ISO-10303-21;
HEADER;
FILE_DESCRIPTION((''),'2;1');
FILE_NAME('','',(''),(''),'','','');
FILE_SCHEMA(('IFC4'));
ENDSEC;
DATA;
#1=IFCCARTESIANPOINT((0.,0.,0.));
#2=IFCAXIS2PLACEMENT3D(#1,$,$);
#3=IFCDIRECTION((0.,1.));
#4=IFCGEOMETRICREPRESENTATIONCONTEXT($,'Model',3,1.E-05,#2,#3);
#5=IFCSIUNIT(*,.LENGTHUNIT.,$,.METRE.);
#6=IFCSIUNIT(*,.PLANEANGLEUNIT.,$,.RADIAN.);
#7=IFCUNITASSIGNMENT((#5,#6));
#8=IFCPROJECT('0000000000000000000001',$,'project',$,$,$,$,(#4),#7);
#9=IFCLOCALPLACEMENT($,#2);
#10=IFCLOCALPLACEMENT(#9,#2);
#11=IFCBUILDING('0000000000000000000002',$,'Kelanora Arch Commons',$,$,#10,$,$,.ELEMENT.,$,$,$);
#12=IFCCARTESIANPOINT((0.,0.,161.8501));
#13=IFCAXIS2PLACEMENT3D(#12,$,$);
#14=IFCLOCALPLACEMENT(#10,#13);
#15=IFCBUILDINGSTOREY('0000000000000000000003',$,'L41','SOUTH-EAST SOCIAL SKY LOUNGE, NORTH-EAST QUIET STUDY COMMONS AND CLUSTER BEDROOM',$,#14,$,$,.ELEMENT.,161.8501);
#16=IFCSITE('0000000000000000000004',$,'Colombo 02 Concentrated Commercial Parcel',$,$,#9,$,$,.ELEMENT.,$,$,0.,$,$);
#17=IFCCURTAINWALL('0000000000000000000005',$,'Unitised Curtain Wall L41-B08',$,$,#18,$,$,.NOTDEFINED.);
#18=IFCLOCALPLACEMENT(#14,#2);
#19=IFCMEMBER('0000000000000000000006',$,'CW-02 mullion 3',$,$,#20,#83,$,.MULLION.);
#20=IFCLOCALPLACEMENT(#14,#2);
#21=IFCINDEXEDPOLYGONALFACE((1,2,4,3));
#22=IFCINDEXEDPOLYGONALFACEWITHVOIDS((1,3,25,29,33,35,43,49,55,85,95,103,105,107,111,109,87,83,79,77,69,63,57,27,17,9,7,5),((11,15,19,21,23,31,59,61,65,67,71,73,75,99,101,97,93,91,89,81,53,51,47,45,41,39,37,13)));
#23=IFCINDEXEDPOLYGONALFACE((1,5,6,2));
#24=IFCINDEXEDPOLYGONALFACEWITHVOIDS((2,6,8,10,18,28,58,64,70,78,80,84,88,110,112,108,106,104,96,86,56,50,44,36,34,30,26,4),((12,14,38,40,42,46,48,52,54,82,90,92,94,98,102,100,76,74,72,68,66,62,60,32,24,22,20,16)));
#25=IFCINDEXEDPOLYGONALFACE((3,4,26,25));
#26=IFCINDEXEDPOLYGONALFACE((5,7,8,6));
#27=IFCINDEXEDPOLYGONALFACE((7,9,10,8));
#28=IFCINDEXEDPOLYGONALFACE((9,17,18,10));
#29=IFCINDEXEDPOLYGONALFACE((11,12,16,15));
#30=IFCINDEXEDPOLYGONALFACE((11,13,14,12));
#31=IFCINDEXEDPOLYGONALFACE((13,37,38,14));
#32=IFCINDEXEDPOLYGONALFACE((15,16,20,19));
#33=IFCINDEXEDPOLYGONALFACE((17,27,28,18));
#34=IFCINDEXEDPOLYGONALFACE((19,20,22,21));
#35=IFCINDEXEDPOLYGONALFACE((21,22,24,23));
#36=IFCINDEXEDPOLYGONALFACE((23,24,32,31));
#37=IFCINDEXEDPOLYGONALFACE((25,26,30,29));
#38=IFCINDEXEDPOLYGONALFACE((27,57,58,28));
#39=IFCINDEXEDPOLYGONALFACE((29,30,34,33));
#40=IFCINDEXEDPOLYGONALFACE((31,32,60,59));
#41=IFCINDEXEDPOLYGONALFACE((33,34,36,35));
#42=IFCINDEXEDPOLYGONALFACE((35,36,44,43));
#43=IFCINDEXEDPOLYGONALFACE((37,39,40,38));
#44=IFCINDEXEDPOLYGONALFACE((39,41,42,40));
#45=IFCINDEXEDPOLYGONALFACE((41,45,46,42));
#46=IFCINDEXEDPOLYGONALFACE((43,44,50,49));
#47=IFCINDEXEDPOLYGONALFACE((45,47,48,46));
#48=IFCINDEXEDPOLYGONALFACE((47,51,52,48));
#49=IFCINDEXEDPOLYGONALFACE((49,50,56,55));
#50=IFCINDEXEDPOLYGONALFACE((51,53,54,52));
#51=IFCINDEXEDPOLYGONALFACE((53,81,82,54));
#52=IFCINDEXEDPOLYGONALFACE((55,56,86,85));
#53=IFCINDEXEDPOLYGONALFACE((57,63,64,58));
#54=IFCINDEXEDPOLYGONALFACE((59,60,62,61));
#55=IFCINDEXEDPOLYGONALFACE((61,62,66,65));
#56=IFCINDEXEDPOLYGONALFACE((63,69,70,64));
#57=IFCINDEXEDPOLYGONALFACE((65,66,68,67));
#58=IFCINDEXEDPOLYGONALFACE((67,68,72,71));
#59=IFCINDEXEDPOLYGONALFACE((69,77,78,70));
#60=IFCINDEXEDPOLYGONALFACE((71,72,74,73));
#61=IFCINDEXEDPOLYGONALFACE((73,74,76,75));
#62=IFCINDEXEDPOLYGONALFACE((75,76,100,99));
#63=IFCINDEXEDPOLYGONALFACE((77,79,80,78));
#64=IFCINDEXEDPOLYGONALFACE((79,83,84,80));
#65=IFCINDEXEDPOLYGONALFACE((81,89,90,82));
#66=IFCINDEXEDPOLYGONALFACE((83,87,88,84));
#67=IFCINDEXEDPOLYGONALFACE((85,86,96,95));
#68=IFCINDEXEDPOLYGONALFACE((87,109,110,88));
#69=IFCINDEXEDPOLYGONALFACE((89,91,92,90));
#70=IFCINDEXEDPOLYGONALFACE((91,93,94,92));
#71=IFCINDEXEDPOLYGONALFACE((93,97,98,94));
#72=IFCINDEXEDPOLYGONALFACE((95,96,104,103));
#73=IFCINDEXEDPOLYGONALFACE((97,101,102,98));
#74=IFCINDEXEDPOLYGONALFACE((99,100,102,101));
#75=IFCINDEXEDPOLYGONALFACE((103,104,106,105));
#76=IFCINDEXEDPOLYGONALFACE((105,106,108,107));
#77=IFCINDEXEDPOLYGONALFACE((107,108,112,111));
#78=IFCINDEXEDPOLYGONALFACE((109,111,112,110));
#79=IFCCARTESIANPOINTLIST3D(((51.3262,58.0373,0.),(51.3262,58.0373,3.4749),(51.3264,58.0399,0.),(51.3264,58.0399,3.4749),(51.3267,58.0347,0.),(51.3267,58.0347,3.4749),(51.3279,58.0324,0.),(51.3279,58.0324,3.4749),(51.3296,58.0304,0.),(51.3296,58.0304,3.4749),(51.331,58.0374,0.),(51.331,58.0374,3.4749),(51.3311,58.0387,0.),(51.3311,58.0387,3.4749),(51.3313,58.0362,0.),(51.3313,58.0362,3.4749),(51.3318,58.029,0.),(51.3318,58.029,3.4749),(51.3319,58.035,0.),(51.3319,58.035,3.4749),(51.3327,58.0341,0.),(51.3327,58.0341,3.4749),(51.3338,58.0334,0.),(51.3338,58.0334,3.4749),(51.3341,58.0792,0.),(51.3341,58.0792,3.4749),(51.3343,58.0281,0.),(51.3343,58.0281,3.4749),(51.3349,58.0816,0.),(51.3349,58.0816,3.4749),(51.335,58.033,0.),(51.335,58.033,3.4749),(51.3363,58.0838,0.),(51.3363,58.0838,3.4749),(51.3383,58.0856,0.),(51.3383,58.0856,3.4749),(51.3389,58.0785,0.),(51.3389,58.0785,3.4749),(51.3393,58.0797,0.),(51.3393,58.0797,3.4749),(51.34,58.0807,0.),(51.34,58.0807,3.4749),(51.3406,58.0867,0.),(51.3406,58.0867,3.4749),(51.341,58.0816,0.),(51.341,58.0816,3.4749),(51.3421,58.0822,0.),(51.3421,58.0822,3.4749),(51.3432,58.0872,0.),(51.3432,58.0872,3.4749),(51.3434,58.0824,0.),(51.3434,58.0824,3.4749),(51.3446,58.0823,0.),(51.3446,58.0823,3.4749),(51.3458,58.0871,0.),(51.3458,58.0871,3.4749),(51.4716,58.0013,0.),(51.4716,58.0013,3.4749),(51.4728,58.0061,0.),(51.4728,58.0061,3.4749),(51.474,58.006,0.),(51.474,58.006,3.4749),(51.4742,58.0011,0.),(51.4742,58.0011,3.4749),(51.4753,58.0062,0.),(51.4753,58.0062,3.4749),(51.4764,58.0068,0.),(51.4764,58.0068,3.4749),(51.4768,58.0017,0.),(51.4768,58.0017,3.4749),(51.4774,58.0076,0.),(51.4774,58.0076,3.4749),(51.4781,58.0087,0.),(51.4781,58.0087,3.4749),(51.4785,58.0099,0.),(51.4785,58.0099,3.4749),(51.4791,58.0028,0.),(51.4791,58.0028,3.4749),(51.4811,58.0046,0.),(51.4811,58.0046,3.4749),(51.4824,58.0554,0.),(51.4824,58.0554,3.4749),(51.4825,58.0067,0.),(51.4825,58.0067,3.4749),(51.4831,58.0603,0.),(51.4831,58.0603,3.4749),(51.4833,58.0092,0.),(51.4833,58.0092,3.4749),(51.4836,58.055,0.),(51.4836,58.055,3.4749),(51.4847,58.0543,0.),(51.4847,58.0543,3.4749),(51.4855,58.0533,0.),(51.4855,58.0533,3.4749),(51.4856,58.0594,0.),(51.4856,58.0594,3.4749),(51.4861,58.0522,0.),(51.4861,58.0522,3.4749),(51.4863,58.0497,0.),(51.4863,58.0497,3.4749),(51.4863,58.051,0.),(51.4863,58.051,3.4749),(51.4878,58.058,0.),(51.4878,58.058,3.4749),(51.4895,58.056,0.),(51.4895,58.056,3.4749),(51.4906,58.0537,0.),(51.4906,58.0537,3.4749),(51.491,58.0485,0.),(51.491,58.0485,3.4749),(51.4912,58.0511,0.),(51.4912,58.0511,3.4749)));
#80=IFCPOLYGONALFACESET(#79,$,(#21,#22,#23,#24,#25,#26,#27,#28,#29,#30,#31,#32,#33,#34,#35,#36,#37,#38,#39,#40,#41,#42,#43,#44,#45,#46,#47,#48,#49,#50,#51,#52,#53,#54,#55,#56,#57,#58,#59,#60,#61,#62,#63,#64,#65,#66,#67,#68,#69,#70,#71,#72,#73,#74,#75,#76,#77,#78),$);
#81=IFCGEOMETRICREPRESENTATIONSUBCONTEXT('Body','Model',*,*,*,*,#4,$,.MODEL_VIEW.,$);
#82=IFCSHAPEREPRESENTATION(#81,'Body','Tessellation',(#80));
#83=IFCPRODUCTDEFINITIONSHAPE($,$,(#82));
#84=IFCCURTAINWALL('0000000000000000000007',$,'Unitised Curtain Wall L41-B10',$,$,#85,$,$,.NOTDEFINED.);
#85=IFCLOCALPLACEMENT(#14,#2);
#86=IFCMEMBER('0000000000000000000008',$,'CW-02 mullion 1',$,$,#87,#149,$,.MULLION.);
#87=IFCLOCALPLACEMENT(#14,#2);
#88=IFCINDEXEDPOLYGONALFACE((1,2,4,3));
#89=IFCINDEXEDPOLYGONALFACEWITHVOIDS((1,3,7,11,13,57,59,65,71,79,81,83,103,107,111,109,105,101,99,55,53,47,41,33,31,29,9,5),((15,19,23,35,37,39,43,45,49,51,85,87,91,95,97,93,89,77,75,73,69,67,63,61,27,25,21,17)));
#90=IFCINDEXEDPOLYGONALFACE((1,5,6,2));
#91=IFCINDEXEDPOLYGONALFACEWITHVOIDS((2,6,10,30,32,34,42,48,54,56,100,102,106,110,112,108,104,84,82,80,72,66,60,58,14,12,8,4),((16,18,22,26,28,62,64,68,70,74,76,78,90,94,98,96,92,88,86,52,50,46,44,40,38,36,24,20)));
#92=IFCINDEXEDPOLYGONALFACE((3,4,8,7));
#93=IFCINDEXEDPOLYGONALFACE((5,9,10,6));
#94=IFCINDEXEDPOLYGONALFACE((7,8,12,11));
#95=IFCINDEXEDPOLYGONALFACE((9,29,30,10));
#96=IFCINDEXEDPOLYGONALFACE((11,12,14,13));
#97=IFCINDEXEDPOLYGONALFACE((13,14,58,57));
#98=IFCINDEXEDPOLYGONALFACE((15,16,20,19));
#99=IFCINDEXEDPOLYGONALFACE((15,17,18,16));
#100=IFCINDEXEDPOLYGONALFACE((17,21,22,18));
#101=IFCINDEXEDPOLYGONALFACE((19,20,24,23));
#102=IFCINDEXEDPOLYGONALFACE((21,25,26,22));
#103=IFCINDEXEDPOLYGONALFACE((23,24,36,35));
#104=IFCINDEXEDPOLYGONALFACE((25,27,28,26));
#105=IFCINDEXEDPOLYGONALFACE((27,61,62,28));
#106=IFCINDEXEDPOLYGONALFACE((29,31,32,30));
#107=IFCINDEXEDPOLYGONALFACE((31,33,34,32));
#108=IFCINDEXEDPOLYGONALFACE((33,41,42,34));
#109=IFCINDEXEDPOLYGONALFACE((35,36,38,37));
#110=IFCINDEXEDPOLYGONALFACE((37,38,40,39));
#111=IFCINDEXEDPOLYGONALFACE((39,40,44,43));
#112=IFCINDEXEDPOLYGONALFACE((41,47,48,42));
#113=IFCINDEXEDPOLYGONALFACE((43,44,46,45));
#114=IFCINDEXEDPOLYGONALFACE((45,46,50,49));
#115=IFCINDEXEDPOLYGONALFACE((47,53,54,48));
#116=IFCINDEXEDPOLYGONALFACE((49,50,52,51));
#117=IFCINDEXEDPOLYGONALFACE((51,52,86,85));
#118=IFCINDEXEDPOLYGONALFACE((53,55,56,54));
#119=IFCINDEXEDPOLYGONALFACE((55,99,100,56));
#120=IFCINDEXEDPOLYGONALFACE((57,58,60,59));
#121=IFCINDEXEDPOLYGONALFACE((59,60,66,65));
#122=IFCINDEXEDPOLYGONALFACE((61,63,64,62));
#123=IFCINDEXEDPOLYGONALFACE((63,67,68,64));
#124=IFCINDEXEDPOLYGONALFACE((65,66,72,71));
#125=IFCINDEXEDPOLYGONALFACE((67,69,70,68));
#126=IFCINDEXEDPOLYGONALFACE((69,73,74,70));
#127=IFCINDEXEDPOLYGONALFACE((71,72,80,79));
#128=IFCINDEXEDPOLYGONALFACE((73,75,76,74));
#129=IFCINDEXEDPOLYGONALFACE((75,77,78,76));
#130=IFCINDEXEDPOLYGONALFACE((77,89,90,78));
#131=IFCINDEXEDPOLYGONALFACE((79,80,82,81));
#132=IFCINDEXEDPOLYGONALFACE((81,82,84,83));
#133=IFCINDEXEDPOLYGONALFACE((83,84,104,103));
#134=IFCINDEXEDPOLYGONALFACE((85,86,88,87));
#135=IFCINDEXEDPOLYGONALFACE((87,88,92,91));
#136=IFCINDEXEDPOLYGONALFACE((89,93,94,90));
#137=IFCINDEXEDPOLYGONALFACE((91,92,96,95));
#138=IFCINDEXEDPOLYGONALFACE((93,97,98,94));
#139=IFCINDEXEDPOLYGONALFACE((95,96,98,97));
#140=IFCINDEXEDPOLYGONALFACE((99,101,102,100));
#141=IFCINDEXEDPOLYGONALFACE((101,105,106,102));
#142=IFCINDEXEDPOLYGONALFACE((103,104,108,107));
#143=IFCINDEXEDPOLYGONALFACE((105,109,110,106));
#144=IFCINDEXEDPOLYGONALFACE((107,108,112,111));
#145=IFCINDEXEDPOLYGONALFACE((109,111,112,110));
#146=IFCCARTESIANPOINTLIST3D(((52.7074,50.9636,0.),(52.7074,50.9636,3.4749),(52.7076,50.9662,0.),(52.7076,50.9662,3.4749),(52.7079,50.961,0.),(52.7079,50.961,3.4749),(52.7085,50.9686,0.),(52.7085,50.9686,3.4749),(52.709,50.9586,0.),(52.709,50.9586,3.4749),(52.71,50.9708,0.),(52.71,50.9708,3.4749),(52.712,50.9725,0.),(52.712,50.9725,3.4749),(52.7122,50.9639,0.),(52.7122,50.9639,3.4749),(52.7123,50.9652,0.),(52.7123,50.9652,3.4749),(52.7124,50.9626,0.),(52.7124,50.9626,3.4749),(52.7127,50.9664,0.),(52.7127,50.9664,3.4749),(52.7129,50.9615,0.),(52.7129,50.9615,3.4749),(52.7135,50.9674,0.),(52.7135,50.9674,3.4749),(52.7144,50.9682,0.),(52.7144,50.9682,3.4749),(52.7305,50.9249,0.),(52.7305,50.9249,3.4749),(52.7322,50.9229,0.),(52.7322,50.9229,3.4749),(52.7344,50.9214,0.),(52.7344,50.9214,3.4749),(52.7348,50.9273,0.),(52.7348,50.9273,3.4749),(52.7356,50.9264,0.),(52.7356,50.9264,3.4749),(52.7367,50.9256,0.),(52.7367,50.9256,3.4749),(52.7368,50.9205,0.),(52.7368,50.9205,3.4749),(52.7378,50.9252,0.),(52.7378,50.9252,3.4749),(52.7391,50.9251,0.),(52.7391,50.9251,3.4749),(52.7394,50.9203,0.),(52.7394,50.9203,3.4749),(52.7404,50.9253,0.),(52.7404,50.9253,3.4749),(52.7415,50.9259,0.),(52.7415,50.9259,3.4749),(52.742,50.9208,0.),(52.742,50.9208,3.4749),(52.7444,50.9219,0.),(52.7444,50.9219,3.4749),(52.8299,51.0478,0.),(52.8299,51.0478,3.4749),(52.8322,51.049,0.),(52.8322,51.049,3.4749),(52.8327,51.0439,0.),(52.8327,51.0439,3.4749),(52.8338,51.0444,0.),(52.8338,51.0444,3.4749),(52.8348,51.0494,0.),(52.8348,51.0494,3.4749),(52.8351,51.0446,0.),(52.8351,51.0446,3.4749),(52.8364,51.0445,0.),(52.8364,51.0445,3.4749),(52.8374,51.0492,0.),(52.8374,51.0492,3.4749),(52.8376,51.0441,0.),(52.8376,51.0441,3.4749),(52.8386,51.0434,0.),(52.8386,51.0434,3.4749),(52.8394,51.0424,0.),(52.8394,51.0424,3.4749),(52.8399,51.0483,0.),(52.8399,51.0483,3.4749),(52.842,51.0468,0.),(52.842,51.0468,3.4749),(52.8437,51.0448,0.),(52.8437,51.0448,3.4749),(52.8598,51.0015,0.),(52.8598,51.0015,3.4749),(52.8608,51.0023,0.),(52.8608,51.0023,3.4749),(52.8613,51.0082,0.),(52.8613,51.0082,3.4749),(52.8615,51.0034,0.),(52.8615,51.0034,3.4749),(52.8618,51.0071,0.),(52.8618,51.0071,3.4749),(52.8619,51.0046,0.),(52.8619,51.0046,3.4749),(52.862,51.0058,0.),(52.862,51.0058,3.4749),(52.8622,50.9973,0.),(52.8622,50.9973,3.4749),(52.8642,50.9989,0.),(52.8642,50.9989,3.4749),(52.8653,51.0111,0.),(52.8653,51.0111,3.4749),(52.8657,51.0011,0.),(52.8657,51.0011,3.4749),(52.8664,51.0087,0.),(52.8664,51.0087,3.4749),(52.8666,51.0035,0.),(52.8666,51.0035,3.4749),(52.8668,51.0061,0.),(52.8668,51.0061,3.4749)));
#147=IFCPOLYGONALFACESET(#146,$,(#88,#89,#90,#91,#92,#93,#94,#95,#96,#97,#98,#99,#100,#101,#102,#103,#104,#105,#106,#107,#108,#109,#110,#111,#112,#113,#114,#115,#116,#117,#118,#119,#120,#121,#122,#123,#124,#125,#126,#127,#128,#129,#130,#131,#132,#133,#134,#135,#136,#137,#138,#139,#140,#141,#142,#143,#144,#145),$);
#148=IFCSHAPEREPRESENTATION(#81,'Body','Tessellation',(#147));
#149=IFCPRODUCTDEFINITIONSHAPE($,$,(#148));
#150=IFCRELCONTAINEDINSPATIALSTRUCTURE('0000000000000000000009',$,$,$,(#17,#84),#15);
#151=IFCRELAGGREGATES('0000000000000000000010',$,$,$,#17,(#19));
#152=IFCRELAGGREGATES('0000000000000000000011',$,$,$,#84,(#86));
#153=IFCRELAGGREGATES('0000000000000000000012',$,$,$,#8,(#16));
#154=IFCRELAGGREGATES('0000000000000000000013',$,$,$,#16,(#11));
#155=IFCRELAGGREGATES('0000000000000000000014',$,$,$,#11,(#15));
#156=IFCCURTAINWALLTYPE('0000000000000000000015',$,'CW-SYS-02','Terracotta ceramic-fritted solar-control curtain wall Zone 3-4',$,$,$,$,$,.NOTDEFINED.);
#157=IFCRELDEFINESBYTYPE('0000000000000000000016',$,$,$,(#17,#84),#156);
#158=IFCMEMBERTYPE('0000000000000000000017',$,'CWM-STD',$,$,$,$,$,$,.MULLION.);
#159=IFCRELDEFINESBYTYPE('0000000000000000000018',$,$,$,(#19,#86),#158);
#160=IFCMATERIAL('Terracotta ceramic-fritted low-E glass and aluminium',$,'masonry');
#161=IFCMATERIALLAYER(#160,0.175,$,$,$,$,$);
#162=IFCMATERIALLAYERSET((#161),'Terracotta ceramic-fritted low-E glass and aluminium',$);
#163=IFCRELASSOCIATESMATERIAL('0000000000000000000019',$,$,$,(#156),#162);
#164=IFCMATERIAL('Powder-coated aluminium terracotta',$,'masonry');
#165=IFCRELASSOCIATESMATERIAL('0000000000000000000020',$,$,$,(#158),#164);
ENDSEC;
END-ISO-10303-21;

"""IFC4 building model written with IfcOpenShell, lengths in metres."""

from ifc_helpers import new_model, si_unit, direction, frame, origin, origin_2d, place, context, subcontext, project, spatial, hollow_rectangle, extrude, material, layer, layer_set, material_profile, profile_set, type_object, element, aggregate, save


model = new_model("IFC4")

# Units and contexts
model_context = context("Model", 3, precision=1e-05, world=origin(), true_north=direction((0.0, 1.0)))
body_context = subcontext(model_context, "Body", "Model", "MODEL_VIEW")
ifc_project = project(units=[si_unit("LENGTHUNIT", "METRE"), si_unit("PLANEANGLEUNIT", "RADIAN")], contexts=[model_context])

# Site, building, storey
site_placement = place(None, origin())
site = spatial("IfcSite", under=ifc_project, at=site_placement, Name="Colombo 02 Concentrated Commercial Parcel", CompositionType="ELEMENT", RefElevation=0.0)
building_placement = place(site_placement, origin())
building = spatial("IfcBuilding", under=site, at=building_placement, Name="Kelanora Arch Commons", CompositionType="ELEMENT")
storey_placement = place(building_placement, frame((0.0, 0.0, 161.8501)))
storey = spatial("IfcBuildingStorey", under=building, at=storey_placement, Name="L41", Description="SOUTH-EAST SOCIAL SKY LOUNGE, NORTH-EAST QUIET STUDY COMMONS AND CLUSTER BEDROOM", CompositionType="ELEMENT", Elevation=161.8501)

# Curtain wall, member
ifc_material_1 = material(Name="Terracotta ceramic-fritted low-E glass and aluminium", Category="masonry")
ifc_layer_1 = layer(ifc_material_1, 0.175)
ifc_layer_set_1 = layer_set([ifc_layer_1], Name="Terracotta ceramic-fritted low-E glass and aluminium")
curtain_wall_type = type_object("IfcCurtainWallType", Name="CW-SYS-02", Description="Terracotta ceramic-fritted solar-control curtain wall Zone 3-4", PredefinedType="NOTDEFINED", material=ifc_layer_set_1)
curtain_wall_1_placement = place(storey_placement, origin())
curtain_wall_1 = element("IfcCurtainWall", 1, at=curtain_wall_1_placement, inside=storey, type_object=curtain_wall_type, Name="Unitised Curtain Wall L41-B08", PredefinedType="NOTDEFINED")
ifc_material_2 = material(Name="Powder-coated aluminium terracotta", Category="masonry")
ifc_material_profile_1 = material_profile(ifc_material_2, hollow_rectangle(XDim=0.1599, YDim=0.0601, WallThickness=0.0049, InnerFilletRadius=0.0049, OuterFilletRadius=0.01, at=origin_2d()), Name="CWM160x60")
ifc_profile_set_1 = profile_set([ifc_material_profile_1], Name="Powder-coated aluminium terracotta")
member_type_1 = type_object("IfcMemberType", Name="CWM-STD", PredefinedType="MULLION", material=ifc_profile_set_1)
member_1_placement = place(storey_placement, frame((51.4087, 58.0442, 0.0), z_axis=(0.0, 0.0, 1.0), x_axis=(0.981453, -0.191705, 0.0)))
member_1 = element("IfcMember", 2, at=member_1_placement, type_object=member_type_1, Name="CW-02 mullion 3", PredefinedType="MULLION", context=body_context, shape_type="SweptSolid", body=[
    extrude(hollow_rectangle(XDim=0.1599, YDim=0.0601, WallThickness=0.0049, InnerFilletRadius=0.0049, OuterFilletRadius=0.01, at=origin_2d()), origin(), (0.0, 0.0, 1.0), 3.4749),
])
aggregate(curtain_wall_1, [member_1])

# Curtain wall, member
curtain_wall_2_placement = place(storey_placement, origin())
curtain_wall_2 = element("IfcCurtainWall", 3, at=curtain_wall_2_placement, inside=storey, type_object=curtain_wall_type, Name="Unitised Curtain Wall L41-B10", PredefinedType="NOTDEFINED")
member_2_placement = place(storey_placement, frame((52.7871, 50.9849, 0.0), z_axis=(0.0, 0.0, 1.0), x_axis=(0.842423, 0.538817, 0.0)))
member_2 = element("IfcMember", 4, at=member_2_placement, type_object=member_type_1, Name="CW-02 mullion 1", PredefinedType="MULLION", context=body_context, shape_type="SweptSolid", body=[
    extrude(hollow_rectangle(XDim=0.1599, YDim=0.0601, WallThickness=0.0049, InnerFilletRadius=0.0049, OuterFilletRadius=0.01, at=origin_2d()), origin(), (0.0, 0.0, 1.0), 3.4749),
])

aggregate(curtain_wall_2, [member_2])

save(model, "model.ifc")
